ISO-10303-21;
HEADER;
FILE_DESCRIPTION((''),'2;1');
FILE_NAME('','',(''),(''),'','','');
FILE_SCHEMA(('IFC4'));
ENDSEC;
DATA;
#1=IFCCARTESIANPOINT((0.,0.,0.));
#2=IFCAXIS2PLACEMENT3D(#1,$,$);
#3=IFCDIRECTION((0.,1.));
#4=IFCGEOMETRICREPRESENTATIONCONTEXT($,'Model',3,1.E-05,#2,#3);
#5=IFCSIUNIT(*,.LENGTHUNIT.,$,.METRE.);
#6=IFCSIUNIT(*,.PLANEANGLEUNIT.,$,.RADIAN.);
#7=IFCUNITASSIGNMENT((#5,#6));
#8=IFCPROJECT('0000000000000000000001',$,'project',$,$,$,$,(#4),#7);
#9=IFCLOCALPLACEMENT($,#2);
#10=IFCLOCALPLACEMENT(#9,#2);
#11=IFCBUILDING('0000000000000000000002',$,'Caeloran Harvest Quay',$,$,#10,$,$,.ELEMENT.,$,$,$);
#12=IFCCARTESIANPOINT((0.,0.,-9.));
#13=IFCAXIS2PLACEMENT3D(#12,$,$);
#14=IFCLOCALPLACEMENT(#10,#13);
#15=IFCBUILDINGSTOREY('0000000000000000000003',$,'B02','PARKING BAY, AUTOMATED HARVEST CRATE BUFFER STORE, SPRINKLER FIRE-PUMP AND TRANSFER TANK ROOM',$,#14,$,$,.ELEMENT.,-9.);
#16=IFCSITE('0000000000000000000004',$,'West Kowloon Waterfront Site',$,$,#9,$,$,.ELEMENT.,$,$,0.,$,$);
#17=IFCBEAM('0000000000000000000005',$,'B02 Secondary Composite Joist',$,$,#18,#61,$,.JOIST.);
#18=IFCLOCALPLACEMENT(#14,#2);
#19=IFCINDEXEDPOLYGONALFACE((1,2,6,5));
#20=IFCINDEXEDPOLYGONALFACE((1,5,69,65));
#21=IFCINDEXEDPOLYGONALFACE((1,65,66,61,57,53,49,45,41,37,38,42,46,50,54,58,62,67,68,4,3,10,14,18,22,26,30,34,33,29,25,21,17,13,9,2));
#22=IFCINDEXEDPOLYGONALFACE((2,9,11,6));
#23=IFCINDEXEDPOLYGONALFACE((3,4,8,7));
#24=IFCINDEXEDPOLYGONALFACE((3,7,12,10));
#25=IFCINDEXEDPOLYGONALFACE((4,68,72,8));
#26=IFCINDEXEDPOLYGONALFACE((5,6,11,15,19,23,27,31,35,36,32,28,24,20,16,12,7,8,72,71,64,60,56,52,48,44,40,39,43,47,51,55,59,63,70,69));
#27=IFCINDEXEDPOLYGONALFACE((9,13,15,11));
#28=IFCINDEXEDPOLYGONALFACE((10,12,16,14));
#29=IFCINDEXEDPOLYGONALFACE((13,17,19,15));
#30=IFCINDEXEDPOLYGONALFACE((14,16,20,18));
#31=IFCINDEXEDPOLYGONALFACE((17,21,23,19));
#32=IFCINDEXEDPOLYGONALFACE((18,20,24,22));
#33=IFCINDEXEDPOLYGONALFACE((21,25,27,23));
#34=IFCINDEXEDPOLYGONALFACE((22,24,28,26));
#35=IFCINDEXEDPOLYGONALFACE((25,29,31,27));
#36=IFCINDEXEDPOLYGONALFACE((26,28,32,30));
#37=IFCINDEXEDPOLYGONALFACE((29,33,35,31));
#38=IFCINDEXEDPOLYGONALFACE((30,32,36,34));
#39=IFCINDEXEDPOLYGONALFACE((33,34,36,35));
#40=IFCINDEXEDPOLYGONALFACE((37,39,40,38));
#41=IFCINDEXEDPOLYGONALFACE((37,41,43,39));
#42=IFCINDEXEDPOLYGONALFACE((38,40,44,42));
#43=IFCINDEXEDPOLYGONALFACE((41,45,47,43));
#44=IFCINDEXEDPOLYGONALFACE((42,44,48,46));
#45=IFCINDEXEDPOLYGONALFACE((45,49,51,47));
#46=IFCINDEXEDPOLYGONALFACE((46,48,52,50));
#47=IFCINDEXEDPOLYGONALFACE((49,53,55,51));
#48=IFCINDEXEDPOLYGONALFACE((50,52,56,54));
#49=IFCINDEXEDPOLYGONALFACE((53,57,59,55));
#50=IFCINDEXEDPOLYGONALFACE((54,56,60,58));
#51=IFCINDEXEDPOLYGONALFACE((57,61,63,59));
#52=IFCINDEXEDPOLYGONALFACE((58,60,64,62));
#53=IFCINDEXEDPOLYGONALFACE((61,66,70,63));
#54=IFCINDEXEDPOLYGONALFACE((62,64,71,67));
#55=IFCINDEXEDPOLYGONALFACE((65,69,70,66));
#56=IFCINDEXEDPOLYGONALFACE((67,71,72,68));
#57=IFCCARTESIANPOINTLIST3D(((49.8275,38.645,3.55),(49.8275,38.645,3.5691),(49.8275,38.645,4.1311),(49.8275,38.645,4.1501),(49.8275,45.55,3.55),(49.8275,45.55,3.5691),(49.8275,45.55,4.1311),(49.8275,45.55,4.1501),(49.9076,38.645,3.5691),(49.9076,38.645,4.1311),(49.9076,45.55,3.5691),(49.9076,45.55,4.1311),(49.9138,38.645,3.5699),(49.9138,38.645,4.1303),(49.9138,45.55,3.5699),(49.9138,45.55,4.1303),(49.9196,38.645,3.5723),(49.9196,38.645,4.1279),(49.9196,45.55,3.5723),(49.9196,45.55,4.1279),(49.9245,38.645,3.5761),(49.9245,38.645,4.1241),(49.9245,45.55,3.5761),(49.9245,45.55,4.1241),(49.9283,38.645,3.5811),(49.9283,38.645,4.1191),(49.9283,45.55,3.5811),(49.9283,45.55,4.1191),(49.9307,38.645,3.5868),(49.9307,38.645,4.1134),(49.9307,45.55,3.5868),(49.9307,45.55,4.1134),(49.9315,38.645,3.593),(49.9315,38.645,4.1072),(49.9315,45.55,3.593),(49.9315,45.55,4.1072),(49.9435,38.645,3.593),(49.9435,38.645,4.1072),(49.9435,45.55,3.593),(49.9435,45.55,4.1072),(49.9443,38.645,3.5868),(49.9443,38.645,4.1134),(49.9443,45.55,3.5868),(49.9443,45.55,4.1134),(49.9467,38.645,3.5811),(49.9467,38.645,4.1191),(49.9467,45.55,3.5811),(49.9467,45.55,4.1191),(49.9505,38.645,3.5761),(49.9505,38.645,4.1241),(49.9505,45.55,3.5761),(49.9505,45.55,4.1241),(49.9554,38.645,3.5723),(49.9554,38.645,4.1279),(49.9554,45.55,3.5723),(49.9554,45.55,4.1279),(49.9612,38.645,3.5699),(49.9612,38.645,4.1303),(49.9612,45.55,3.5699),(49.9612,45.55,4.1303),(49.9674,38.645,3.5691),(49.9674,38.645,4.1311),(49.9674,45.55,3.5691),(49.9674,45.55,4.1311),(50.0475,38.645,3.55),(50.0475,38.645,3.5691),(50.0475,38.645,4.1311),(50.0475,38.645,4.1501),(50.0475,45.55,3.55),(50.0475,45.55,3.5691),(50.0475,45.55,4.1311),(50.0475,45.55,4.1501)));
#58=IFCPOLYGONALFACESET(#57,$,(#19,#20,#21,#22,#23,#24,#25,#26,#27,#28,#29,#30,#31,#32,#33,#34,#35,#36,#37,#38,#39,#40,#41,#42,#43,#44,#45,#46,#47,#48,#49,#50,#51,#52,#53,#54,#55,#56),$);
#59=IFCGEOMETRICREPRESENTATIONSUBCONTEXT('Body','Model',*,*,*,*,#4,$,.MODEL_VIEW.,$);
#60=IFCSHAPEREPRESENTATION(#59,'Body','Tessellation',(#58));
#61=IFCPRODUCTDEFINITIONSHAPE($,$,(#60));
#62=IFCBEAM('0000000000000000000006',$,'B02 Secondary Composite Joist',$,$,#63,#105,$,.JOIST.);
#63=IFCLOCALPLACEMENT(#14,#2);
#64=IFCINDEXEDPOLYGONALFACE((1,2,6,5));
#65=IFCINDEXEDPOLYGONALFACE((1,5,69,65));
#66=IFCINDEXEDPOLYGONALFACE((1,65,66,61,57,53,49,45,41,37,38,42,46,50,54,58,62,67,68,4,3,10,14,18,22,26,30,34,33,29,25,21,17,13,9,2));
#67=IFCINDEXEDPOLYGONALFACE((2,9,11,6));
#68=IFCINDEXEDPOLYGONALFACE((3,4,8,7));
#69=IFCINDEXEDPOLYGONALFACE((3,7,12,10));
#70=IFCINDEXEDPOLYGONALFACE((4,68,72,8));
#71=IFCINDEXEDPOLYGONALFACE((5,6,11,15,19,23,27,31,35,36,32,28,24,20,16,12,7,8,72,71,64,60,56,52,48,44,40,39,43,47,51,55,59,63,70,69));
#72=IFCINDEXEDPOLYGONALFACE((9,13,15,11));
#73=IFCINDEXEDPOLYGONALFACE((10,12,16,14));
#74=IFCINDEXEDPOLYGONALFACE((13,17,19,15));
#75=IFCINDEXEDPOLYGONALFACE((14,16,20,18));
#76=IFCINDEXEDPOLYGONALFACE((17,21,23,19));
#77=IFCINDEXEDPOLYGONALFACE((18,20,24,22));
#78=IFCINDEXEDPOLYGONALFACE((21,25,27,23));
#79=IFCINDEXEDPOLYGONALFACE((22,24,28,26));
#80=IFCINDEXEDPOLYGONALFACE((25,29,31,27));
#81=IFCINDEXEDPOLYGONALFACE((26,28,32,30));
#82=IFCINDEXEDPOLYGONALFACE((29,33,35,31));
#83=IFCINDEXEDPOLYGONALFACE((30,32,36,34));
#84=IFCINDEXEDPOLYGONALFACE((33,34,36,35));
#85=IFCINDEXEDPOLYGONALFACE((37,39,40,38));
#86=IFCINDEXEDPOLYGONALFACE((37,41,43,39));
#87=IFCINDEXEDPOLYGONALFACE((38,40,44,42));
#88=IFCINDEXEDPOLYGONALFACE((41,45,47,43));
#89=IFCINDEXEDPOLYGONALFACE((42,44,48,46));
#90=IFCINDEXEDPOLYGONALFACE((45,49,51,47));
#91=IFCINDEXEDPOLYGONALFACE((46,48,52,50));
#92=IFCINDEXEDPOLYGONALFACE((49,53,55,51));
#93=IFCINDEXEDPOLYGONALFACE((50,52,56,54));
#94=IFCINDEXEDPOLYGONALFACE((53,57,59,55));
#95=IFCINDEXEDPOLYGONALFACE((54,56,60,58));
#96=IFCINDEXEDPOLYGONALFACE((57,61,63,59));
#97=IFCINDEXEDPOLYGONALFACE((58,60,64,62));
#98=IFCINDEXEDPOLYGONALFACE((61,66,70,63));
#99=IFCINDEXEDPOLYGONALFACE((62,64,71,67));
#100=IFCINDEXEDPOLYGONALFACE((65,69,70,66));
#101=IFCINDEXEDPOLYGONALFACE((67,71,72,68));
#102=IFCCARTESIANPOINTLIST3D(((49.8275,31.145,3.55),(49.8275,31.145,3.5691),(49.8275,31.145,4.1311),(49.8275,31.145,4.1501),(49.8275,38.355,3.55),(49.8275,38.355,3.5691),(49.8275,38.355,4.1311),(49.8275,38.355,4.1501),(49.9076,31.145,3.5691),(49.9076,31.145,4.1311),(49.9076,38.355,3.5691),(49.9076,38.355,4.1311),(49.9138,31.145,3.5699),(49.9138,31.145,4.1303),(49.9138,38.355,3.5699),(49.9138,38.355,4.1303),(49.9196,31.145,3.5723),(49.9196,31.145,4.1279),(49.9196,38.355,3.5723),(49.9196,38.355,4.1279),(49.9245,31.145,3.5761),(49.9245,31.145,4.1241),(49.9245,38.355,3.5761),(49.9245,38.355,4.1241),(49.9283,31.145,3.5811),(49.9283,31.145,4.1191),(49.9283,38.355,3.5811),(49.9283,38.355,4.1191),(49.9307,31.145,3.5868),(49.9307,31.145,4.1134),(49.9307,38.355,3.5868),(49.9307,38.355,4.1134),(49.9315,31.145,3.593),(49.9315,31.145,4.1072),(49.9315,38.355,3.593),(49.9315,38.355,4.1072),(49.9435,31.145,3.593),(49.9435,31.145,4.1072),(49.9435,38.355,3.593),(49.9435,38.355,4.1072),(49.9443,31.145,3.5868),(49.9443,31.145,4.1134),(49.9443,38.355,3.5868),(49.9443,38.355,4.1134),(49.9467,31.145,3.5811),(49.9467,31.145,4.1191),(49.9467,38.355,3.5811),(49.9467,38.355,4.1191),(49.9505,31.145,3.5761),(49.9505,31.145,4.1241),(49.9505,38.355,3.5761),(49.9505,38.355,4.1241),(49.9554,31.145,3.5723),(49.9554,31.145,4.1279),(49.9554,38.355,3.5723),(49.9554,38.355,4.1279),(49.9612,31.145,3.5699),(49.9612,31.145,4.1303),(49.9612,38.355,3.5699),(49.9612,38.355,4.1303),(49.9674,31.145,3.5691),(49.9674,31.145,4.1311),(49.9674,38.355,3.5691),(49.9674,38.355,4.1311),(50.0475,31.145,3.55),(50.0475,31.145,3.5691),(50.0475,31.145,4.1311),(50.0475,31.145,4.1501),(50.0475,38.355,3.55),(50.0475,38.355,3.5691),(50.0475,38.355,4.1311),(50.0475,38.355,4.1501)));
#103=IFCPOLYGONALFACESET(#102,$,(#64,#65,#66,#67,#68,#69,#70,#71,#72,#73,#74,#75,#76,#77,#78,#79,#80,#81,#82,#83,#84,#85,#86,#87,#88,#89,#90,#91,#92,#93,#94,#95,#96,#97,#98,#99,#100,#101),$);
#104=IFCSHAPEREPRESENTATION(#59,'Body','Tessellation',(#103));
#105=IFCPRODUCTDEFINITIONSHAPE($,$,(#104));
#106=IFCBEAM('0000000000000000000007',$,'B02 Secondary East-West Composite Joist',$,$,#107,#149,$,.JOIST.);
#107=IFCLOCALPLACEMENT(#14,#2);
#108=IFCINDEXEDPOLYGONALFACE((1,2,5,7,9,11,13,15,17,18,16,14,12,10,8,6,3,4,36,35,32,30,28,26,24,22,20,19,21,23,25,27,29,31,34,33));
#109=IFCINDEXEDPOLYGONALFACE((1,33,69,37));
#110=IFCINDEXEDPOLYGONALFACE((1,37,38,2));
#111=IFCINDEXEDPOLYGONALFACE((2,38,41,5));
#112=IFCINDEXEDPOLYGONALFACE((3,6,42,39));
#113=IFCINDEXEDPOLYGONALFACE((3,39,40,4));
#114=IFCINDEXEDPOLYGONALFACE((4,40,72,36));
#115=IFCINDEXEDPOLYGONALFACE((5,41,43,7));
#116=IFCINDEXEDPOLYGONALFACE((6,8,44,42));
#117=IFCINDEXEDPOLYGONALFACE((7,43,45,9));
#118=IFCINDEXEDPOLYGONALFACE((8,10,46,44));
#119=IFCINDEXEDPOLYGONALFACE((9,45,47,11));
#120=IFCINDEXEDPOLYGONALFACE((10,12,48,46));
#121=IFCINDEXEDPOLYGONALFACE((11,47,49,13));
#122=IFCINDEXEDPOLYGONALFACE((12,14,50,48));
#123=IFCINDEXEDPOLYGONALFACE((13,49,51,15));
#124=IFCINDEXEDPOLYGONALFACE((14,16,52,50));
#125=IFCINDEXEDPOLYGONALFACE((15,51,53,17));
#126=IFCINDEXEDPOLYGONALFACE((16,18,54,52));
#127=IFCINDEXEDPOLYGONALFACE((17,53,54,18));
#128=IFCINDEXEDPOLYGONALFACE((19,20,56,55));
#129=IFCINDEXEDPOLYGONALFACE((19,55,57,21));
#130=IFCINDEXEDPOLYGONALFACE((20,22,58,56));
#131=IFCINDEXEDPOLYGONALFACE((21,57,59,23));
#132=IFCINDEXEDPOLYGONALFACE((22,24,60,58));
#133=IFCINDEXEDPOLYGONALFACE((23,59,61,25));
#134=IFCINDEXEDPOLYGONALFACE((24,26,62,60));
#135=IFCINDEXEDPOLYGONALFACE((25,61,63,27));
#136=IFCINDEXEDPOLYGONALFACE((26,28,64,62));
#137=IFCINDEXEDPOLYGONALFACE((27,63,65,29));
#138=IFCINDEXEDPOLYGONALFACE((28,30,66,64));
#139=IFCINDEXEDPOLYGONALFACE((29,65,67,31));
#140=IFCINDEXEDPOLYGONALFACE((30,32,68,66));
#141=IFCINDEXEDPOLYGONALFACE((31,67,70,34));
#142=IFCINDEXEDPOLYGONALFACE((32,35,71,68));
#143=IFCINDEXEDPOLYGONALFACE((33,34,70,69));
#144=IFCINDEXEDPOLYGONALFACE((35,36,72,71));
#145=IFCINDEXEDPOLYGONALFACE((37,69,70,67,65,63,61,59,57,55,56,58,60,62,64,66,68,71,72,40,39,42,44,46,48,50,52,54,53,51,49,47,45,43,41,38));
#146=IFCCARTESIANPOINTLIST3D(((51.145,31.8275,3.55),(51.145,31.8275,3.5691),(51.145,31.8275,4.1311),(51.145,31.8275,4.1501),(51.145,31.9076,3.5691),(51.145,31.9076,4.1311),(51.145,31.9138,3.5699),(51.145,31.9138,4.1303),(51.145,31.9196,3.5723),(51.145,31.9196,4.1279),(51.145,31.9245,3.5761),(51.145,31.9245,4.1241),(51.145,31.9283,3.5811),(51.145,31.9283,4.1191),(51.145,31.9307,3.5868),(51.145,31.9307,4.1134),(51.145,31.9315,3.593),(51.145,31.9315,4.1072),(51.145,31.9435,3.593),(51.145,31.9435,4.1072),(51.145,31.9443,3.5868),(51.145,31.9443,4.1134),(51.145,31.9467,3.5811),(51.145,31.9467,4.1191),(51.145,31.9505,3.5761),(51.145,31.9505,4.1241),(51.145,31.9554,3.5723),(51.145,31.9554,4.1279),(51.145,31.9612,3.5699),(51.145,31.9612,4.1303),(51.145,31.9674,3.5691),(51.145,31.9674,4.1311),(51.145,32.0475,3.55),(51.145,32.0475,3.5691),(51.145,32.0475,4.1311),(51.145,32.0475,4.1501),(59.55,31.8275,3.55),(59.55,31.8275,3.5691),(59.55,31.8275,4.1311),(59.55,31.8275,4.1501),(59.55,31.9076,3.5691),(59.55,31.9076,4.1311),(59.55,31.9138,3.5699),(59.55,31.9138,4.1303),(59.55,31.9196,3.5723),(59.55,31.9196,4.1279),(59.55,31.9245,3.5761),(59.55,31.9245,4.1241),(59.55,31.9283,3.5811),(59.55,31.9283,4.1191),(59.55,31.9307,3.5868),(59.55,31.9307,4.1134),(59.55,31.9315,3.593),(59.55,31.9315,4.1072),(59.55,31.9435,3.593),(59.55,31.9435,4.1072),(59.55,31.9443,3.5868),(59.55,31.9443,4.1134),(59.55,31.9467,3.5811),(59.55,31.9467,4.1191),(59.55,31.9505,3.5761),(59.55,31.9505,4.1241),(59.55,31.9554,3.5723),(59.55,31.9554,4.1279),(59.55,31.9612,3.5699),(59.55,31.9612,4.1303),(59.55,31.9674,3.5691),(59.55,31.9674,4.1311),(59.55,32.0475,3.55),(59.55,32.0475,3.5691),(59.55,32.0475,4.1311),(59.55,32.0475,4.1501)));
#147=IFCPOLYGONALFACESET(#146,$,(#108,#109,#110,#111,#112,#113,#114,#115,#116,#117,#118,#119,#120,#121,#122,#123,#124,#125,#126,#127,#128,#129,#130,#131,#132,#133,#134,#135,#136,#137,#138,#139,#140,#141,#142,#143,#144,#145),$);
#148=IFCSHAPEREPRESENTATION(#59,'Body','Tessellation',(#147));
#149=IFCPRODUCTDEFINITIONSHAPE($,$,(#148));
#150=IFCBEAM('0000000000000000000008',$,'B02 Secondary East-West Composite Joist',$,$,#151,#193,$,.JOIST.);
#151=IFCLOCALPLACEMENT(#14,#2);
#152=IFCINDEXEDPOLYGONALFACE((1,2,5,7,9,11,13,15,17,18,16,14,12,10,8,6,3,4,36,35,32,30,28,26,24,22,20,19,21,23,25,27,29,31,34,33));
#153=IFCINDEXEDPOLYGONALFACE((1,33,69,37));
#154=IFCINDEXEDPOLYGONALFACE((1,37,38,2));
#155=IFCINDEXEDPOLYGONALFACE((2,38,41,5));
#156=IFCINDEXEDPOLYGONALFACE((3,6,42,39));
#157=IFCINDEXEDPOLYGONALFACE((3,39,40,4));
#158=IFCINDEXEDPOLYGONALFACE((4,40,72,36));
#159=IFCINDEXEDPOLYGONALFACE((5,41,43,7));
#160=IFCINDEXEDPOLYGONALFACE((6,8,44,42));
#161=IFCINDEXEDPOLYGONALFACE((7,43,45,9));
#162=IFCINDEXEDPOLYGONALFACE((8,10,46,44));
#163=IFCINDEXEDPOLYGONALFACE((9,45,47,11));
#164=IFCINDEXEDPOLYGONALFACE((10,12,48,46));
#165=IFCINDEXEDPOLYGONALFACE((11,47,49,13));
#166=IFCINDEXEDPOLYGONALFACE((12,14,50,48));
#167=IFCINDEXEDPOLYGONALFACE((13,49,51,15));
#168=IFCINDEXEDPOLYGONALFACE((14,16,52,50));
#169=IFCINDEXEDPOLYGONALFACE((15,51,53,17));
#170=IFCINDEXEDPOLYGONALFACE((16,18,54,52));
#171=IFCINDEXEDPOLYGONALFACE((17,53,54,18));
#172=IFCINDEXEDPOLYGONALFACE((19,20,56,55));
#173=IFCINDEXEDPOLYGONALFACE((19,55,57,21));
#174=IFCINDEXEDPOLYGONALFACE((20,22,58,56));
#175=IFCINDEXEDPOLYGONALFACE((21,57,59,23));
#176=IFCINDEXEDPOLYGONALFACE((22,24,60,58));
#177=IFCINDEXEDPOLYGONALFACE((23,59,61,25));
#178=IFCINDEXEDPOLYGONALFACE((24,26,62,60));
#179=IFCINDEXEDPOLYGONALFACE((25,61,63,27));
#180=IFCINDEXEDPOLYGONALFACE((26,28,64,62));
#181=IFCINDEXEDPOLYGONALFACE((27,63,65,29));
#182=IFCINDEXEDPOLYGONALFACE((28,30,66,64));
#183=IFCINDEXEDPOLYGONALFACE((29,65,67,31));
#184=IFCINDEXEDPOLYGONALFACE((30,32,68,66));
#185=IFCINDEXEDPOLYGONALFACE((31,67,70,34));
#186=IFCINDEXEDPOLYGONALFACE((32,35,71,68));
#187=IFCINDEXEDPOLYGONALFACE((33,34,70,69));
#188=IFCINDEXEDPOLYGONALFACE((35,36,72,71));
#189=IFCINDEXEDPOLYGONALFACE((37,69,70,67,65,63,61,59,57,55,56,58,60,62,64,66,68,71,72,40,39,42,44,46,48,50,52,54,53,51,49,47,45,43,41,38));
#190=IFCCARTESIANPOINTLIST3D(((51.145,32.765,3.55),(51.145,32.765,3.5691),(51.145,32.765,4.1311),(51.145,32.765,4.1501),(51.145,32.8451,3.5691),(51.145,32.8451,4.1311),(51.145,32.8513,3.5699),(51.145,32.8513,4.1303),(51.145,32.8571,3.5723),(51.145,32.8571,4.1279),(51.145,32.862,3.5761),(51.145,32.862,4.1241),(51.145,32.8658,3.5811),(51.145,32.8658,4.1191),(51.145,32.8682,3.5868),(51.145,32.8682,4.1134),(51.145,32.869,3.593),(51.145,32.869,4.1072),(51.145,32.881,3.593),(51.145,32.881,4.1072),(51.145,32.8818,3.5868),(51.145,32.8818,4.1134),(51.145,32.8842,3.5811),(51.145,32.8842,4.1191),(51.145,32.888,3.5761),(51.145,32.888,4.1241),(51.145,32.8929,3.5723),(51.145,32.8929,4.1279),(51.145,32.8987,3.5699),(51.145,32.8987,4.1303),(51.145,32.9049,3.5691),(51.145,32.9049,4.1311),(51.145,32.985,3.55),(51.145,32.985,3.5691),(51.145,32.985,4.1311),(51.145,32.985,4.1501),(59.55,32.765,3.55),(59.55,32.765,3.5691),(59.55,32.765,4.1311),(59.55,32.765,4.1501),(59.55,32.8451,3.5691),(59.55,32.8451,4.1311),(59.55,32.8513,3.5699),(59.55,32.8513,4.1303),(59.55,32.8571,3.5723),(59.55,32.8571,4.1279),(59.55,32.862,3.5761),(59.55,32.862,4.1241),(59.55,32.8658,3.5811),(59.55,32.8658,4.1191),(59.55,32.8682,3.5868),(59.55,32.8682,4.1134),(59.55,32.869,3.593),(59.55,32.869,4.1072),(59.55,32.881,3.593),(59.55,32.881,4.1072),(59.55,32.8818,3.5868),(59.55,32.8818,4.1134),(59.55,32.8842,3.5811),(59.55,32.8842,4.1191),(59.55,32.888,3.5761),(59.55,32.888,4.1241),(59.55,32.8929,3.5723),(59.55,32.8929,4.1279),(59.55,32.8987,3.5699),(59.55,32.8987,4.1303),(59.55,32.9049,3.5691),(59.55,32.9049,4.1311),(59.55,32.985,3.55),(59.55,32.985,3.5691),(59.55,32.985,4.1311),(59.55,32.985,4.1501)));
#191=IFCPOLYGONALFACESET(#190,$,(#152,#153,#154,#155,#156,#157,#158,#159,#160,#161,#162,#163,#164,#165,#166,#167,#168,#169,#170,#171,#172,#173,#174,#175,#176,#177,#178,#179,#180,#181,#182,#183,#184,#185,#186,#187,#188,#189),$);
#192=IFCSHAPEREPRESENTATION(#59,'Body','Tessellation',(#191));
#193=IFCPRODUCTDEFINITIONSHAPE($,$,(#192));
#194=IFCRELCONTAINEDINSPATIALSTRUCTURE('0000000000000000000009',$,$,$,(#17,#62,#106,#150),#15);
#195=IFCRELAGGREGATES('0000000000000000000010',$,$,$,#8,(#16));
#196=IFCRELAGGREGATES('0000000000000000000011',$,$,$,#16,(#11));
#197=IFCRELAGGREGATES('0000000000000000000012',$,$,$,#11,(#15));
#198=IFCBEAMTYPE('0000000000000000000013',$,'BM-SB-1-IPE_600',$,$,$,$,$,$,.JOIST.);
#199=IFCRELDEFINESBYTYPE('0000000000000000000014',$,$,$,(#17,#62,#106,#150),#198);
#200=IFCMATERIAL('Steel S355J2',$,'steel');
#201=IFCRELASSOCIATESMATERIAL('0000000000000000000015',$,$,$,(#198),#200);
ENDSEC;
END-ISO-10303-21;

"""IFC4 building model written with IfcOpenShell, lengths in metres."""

from ifc_helpers import new_model, si_unit, direction, frame, origin, origin_2d, place, context, subcontext, project, spatial, i_section, extrude, material, material_profile, profile_set, type_object, element, save


model = new_model("IFC4")

# Units and contexts
model_context = context("Model", 3, precision=1e-05, world=origin(), true_north=direction((0.0, 1.0)))
body_context = subcontext(model_context, "Body", "Model", "MODEL_VIEW")
ifc_project = project(units=[si_unit("LENGTHUNIT", "METRE"), si_unit("PLANEANGLEUNIT", "RADIAN")], contexts=[model_context])

# Site, building, storey
site_placement = place(None, origin())
site = spatial("IfcSite", under=ifc_project, at=site_placement, Name="West Kowloon Waterfront Site", CompositionType="ELEMENT", RefElevation=0.0)
building_placement = place(site_placement, origin())
building = spatial("IfcBuilding", under=site, at=building_placement, Name="Caeloran Harvest Quay", CompositionType="ELEMENT")
storey_placement = place(building_placement, frame((0.0, 0.0, -9.0)))
storey = spatial("IfcBuildingStorey", under=building, at=storey_placement, Name="B02", Description="PARKING BAY, AUTOMATED HARVEST CRATE BUFFER STORE, SPRINKLER FIRE-PUMP AND TRANSFER TANK ROOM", CompositionType="ELEMENT", Elevation=-9.0)

# Beams
ifc_material_1 = material(Name="Steel S355J2", Category="steel")
ifc_material_profile_1 = material_profile(ifc_material_1, i_section(OverallWidth=0.22, OverallDepth=0.6001, WebThickness=0.012, FlangeThickness=0.019, FilletRadius=0.0239, at=origin_2d()), Name="IPE 600")
ifc_profile_set_1 = profile_set([ifc_material_profile_1], Name="Steel S355J2")
beam_type_1 = type_object("IfcBeamType", Name="BM-SB-1-IPE_600", PredefinedType="JOIST", material=ifc_profile_set_1)
for number, where, z_axis, x_axis, name in (
    (1, (49.9375, 38.645, 3.8501), (0.0, 1.0, 0.0), (-1.0, 0.0, 0.0), "B02 Secondary Composite Joist"),
):
    element("IfcBeam", number, at=place(storey_placement, frame(where, z_axis=z_axis, x_axis=x_axis)), inside=storey, type_object=beam_type_1, Name=name, PredefinedType="JOIST", context=body_context, shape_type="SweptSolid", body=[
        extrude(i_section(OverallWidth=0.22, OverallDepth=0.6001, WebThickness=0.012, FlangeThickness=0.019, FilletRadius=0.0239, at=origin_2d()), origin(), (0.0, 0.0, 1.0), 6.905),
    ])
beam_1_placement = place(storey_placement, frame((49.9375, 31.145, 3.8501), z_axis=(0.0, 1.0, 0.0), x_axis=(-1.0, 0.0, 0.0)))
element("IfcBeam", 2, at=beam_1_placement, inside=storey, type_object=beam_type_1, Name="B02 Secondary Composite Joist", PredefinedType="JOIST", context=body_context, shape_type="SweptSolid", body=[
    extrude(i_section(OverallWidth=0.22, OverallDepth=0.6001, WebThickness=0.012, FlangeThickness=0.019, FilletRadius=0.0239, at=origin_2d()), origin(), (0.0, 0.0, 1.0), 7.21),
])
for number, where, z_axis, x_axis, name in (
    (3, (51.145, 31.9375, 3.8501), (1.0, 0.0, 0.0), (0.0, 1.0, 0.0), "B02 Secondary East-West Composite Joist"),
    (4, (51.145, 32.875, 3.8501), (1.0, 0.0, 0.0), (0.0, 1.0, 0.0), "B02 Secondary East-West Composite Joist"),
):
    element("IfcBeam", number, at=place(storey_placement, frame(where, z_axis=z_axis, x_axis=x_axis)), inside=storey, type_object=beam_type_1, Name=name, PredefinedType="JOIST", context=body_context, shape_type="SweptSolid", body=[
        extrude(i_section(OverallWidth=0.22, OverallDepth=0.6001, WebThickness=0.012, FlangeThickness=0.019, FilletRadius=0.0239, at=origin_2d()), origin(), (0.0, 0.0, 1.0), 8.405),
    ])

save(model, "model.ifc")
